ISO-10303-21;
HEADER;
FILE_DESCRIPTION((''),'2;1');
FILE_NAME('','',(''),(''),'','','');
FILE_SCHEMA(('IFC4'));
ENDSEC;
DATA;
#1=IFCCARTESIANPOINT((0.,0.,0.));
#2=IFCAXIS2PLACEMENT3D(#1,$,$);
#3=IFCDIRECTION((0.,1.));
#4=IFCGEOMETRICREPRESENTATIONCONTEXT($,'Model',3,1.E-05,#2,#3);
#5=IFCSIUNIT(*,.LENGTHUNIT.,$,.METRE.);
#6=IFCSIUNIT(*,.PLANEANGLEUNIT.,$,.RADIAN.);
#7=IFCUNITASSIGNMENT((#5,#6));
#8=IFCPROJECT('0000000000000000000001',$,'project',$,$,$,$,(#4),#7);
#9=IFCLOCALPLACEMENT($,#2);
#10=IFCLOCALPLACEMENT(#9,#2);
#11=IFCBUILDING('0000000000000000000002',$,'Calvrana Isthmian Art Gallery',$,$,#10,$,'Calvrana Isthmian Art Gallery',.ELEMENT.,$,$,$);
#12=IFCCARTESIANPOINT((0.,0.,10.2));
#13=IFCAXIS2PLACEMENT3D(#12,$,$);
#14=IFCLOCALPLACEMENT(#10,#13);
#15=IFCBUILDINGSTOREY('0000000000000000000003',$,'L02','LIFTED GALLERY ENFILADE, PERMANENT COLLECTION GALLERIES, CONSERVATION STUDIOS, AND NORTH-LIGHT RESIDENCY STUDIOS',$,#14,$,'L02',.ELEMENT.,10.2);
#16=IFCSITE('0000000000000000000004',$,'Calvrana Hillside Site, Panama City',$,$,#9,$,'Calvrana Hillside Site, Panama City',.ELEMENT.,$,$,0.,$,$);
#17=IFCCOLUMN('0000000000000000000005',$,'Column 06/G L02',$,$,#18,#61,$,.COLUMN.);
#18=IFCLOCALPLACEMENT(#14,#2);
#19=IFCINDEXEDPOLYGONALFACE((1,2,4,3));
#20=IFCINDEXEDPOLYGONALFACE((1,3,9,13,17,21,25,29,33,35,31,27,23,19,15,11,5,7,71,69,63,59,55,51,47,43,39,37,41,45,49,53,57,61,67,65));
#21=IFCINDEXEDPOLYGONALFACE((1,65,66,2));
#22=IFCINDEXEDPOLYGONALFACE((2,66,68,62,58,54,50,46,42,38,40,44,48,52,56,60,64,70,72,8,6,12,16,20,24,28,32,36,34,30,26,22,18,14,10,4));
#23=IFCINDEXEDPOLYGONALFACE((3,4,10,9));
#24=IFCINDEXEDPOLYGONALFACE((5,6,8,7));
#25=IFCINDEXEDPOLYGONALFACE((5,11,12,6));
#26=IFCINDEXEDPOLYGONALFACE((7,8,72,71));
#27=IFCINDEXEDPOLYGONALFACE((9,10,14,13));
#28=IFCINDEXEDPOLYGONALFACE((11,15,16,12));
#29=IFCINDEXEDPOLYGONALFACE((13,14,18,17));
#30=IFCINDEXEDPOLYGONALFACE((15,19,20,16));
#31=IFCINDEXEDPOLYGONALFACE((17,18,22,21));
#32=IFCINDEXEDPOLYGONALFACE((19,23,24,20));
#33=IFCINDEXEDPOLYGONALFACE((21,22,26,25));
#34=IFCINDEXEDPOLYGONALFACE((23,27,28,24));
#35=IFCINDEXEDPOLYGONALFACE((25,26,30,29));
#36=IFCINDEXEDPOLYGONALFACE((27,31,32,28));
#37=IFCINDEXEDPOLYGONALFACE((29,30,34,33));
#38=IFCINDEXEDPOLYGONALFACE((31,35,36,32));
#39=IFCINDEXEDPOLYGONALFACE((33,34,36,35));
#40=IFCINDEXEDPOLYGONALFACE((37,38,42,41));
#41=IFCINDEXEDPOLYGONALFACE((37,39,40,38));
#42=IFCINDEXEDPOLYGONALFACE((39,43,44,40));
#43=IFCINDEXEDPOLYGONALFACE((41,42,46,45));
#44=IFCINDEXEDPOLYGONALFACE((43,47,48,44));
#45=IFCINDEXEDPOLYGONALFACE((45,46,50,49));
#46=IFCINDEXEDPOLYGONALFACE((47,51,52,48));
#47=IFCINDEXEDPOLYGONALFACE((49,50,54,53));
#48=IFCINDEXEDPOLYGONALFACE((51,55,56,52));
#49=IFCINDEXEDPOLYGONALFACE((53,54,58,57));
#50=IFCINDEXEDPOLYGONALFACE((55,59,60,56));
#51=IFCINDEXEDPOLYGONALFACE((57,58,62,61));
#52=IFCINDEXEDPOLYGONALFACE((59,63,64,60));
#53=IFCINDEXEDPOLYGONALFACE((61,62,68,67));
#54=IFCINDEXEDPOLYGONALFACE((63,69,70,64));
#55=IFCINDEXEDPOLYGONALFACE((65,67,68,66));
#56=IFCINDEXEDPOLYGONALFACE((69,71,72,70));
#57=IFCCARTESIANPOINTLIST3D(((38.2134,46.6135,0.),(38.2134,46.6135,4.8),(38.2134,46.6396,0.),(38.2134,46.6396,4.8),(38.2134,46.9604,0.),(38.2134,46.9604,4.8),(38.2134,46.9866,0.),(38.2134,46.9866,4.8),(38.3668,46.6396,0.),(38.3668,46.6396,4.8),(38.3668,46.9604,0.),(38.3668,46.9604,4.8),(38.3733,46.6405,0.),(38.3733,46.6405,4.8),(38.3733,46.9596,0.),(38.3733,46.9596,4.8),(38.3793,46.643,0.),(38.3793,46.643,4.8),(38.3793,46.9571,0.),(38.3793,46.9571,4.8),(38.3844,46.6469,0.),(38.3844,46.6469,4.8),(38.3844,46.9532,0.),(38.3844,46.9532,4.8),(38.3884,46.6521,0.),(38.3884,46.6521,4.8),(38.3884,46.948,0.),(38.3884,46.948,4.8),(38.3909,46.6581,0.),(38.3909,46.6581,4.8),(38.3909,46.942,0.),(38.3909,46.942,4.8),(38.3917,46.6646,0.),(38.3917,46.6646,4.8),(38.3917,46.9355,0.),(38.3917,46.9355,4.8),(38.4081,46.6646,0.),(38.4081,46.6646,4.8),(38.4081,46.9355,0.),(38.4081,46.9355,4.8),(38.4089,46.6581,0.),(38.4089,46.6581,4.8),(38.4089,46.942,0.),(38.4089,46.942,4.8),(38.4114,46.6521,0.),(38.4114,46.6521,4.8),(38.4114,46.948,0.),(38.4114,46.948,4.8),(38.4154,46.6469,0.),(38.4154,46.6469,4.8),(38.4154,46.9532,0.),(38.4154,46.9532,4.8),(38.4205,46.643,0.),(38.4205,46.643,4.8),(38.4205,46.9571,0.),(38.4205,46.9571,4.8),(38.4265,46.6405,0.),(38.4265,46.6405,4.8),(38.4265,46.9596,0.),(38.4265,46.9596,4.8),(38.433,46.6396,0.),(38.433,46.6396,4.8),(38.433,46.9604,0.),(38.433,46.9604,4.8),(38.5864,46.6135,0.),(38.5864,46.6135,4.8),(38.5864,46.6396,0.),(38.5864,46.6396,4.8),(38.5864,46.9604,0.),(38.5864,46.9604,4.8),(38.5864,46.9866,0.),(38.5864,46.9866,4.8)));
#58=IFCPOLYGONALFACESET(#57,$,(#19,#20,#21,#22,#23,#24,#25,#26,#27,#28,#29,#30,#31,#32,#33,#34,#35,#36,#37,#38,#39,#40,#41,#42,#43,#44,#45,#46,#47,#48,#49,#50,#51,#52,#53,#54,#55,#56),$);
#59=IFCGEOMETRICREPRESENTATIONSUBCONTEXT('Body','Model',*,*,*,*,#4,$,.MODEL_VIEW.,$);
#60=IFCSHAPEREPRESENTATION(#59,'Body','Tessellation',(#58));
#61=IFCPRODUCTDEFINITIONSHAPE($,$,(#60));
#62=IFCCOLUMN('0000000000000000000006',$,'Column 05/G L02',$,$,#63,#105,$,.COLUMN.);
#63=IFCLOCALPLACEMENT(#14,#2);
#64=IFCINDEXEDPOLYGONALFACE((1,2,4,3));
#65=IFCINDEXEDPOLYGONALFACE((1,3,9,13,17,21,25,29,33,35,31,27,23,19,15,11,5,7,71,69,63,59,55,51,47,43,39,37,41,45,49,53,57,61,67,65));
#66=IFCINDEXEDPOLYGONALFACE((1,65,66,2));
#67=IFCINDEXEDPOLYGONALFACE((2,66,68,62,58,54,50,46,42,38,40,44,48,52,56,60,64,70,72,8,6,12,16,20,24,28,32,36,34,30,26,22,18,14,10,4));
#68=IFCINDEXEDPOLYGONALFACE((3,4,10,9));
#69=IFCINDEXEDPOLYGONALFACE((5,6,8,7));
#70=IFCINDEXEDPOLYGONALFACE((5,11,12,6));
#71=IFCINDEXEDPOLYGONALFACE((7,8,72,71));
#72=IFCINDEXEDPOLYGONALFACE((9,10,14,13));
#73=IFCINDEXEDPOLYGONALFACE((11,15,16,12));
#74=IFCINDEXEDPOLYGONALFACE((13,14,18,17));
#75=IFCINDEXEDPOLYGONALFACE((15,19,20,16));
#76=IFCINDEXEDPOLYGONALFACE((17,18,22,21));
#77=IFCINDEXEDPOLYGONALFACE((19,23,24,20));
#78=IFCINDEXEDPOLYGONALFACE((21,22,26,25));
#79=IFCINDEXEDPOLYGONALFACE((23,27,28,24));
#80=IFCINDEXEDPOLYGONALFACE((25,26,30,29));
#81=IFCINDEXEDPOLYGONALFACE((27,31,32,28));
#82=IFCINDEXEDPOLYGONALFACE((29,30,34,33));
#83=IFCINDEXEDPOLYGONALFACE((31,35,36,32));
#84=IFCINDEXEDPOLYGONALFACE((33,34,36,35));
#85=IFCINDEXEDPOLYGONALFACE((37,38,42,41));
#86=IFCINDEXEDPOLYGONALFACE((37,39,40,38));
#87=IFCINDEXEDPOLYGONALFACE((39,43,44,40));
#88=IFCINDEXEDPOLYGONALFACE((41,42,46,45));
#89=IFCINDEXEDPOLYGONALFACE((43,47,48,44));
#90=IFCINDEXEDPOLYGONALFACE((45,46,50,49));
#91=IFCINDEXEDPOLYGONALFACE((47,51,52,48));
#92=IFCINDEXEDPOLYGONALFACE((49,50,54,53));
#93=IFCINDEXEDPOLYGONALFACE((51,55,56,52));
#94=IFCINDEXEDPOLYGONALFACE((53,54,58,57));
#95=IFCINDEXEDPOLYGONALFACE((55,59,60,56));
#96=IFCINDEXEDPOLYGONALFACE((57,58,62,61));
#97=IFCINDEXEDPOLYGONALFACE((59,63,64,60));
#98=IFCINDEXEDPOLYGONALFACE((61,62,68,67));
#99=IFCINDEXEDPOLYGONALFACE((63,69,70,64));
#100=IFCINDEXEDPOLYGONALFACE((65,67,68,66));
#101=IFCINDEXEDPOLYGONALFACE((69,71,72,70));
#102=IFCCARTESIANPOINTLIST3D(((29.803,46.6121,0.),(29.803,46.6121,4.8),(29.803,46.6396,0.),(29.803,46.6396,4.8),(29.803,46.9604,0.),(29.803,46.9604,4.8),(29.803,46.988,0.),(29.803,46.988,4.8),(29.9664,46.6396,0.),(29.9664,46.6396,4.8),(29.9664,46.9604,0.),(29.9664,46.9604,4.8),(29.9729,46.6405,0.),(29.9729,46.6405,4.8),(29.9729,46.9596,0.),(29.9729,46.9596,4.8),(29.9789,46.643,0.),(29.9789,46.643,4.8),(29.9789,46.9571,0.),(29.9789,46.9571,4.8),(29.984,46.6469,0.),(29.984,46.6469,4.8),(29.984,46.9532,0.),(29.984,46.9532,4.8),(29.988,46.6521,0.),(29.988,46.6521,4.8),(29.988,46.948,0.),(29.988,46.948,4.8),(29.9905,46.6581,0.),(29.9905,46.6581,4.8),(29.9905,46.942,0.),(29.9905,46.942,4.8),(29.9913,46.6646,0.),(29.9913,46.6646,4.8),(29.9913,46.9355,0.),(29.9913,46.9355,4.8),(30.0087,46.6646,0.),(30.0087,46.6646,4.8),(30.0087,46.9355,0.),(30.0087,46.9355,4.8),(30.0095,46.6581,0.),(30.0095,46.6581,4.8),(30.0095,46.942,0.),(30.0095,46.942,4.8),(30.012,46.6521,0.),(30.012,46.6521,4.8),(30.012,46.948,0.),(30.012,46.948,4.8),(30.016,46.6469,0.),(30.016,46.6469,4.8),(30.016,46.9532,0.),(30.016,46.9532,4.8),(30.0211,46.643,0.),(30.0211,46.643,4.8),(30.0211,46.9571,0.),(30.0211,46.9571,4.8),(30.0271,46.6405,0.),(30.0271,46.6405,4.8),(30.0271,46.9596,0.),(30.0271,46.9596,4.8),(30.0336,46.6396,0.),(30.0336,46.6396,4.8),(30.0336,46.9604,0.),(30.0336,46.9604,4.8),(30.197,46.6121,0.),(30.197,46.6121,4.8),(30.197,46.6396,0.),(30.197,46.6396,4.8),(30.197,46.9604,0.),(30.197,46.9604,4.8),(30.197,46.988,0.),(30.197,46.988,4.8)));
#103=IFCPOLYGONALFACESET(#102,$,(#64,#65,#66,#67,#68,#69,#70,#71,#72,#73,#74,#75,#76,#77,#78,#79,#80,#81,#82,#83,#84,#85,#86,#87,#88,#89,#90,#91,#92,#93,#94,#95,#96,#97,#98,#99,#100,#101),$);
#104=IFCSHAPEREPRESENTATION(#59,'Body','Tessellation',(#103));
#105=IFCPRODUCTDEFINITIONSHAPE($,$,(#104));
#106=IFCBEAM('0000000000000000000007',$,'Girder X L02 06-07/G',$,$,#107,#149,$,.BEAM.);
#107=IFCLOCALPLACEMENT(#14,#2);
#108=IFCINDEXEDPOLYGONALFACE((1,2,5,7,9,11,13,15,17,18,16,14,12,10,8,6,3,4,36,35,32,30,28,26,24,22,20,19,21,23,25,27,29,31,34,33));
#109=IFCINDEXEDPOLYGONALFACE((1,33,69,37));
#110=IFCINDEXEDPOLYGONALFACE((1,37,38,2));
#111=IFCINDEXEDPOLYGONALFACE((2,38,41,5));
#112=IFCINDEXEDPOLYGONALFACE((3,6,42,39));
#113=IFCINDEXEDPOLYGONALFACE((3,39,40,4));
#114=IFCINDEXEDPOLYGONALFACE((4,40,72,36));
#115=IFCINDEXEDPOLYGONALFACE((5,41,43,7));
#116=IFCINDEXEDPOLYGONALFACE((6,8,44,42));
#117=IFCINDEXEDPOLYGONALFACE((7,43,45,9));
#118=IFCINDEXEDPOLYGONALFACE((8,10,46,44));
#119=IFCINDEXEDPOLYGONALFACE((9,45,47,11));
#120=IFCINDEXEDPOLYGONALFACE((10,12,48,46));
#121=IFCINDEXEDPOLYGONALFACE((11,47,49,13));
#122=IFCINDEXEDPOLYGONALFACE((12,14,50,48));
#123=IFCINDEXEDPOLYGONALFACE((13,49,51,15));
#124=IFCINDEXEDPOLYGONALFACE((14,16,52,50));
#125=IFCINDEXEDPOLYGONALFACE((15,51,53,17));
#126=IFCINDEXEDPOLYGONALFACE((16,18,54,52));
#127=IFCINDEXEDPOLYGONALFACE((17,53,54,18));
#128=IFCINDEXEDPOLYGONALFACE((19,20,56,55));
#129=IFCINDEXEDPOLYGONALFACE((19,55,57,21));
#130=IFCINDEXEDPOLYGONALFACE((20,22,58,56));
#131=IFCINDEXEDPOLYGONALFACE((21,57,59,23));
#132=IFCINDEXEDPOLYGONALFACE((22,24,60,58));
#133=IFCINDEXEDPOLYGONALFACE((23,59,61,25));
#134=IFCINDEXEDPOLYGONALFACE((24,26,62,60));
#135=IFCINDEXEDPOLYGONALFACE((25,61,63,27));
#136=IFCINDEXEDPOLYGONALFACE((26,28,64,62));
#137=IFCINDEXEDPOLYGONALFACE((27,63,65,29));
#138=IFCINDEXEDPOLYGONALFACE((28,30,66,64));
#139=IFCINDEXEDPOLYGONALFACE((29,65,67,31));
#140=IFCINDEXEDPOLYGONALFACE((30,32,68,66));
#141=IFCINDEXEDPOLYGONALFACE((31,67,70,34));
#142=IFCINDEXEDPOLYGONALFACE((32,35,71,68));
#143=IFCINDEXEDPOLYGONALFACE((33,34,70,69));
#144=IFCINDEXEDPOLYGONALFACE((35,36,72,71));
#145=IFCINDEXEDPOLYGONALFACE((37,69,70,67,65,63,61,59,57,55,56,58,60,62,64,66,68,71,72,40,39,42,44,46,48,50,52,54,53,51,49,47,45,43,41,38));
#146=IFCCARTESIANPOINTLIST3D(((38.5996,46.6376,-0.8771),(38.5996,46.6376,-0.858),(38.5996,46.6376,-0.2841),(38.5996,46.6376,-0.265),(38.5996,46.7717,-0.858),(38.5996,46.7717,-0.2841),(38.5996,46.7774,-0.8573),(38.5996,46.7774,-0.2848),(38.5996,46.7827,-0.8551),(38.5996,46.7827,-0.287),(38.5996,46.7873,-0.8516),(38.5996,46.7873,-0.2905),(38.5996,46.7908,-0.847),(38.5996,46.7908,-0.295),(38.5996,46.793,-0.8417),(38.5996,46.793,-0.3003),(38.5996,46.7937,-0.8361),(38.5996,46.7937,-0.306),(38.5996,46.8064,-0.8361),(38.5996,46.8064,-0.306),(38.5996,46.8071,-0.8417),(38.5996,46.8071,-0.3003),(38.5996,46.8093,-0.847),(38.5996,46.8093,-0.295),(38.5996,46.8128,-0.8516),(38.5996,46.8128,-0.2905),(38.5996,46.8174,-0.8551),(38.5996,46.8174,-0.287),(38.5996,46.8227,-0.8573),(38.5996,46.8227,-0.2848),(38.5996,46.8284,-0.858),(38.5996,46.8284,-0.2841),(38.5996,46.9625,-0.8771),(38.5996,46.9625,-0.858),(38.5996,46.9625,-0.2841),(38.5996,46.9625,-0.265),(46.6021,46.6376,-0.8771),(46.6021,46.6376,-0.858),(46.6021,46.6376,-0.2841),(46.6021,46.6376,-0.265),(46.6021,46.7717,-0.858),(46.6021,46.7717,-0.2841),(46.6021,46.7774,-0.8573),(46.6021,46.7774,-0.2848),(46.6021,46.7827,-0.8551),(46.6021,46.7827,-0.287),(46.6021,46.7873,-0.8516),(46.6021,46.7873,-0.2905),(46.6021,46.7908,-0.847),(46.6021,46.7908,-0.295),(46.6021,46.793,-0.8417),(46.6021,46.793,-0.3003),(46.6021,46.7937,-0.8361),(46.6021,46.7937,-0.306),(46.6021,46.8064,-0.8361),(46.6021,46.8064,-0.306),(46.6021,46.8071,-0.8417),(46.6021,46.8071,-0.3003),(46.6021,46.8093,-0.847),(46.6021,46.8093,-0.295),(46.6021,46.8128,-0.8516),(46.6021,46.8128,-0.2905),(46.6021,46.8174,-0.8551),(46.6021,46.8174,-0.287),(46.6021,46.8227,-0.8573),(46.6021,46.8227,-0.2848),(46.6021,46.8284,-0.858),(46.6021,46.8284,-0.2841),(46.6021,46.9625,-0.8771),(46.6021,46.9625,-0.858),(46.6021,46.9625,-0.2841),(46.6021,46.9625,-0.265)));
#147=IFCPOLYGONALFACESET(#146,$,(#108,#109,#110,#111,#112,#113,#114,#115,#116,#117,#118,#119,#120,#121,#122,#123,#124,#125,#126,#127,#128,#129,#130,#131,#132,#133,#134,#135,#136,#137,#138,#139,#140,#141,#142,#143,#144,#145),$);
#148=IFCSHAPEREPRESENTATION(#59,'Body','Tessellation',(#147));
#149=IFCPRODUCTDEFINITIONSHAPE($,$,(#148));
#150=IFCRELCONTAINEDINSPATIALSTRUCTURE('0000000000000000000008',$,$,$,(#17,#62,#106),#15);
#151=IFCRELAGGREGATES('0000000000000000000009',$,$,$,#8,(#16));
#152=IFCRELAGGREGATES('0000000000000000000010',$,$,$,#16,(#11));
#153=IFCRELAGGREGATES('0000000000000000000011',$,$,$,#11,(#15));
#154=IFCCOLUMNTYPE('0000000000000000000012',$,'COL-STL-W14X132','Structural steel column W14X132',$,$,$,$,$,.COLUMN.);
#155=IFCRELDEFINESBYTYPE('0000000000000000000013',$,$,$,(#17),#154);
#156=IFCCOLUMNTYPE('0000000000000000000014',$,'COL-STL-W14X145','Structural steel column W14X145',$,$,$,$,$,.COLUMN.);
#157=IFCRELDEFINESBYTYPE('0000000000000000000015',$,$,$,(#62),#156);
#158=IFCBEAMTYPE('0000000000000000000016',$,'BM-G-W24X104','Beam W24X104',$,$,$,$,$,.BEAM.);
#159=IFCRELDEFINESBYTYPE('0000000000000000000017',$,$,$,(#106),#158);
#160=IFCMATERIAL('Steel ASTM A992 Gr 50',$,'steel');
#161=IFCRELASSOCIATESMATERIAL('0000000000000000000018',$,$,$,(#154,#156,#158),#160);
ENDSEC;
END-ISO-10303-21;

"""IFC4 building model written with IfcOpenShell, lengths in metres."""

from ifc_helpers import new_model, si_unit, direction, frame, origin, origin_2d, place, context, subcontext, project, spatial, i_section, extrude, material, material_profile, profile_set, type_object, element, save


model = new_model("IFC4")

# Units and contexts
model_context = context("Model", 3, precision=1e-05, world=origin(), true_north=direction((0.0, 1.0)))
body_context = subcontext(model_context, "Body", "Model", "MODEL_VIEW")
ifc_project = project(units=[si_unit("LENGTHUNIT", "METRE"), si_unit("PLANEANGLEUNIT", "RADIAN")], contexts=[model_context])

# Site, building, storey
site_placement = place(None, origin())
site = spatial("IfcSite", under=ifc_project, at=site_placement, Name="Calvrana Hillside Site, Panama City", LongName="Calvrana Hillside Site, Panama City", CompositionType="ELEMENT", RefElevation=0.0)
building_placement = place(site_placement, origin())
building = spatial("IfcBuilding", under=site, at=building_placement, Name="Calvrana Isthmian Art Gallery", LongName="Calvrana Isthmian Art Gallery", CompositionType="ELEMENT")
storey_placement = place(building_placement, frame((0.0, 0.0, 10.2)))
storey = spatial("IfcBuildingStorey", under=building, at=storey_placement, Name="L02", Description="LIFTED GALLERY ENFILADE, PERMANENT COLLECTION GALLERIES, CONSERVATION STUDIOS, AND NORTH-LIGHT RESIDENCY STUDIOS", LongName="L02", CompositionType="ELEMENT", Elevation=10.2)

# Columns
ifc_material_1 = material(Name="Steel ASTM A992 Gr 50", Category="steel")
ifc_material_profile_1 = material_profile(ifc_material_1, i_section(OverallWidth=0.373, OverallDepth=0.373, WebThickness=0.0164, FlangeThickness=0.0261, FilletRadius=0.0249, at=origin_2d()), Name="W14X132")
ifc_profile_set_1 = profile_set([ifc_material_profile_1], Name="Steel ASTM A992 Gr 50")
column_type_1 = type_object("IfcColumnType", Name="COL-STL-W14X132", Description="Structural steel column W14X132", PredefinedType="COLUMN", material=ifc_profile_set_1)
column_1_placement = place(storey_placement, frame((38.3999, 46.8, 0.0), z_axis=(0.0, 0.0, 1.0), x_axis=(1.0, 0.0, 0.0)))
element("IfcColumn", 1, at=column_1_placement, inside=storey, type_object=column_type_1, Name="Column 06/G L02", PredefinedType="COLUMN", context=body_context, shape_type="SweptSolid", body=[
    extrude(i_section(OverallWidth=0.373, OverallDepth=0.373, WebThickness=0.0164, FlangeThickness=0.0261, FilletRadius=0.0249, at=origin_2d()), origin(), (0.0, 0.0, 1.0), 4.8),
])
ifc_material_profile_2 = material_profile(ifc_material_1, i_section(OverallWidth=0.394, OverallDepth=0.376, WebThickness=0.0173, FlangeThickness=0.0276, FilletRadius=0.0249, at=origin_2d()), Name="W14X145")
ifc_profile_set_2 = profile_set([ifc_material_profile_2], Name="Steel ASTM A992 Gr 50")
column_type_2 = type_object("IfcColumnType", Name="COL-STL-W14X145", Description="Structural steel column W14X145", PredefinedType="COLUMN", material=ifc_profile_set_2)
column_2_placement = place(storey_placement, frame((30.0, 46.8, 0.0), z_axis=(0.0, 0.0, 1.0), x_axis=(1.0, 0.0, 0.0)))
element("IfcColumn", 2, at=column_2_placement, inside=storey, type_object=column_type_2, Name="Column 05/G L02", PredefinedType="COLUMN", context=body_context, shape_type="SweptSolid", body=[
    extrude(i_section(OverallWidth=0.394, OverallDepth=0.376, WebThickness=0.0173, FlangeThickness=0.0276, FilletRadius=0.0249, at=origin_2d()), origin(), (0.0, 0.0, 1.0), 4.8),
])

# Beam
ifc_material_profile_3 = material_profile(ifc_material_1, i_section(OverallWidth=0.325, OverallDepth=0.6121, WebThickness=0.0127, FlangeThickness=0.019, FilletRadius=0.022, at=origin_2d()), Name="W24X104")
ifc_profile_set_3 = profile_set([ifc_material_profile_3], Name="Steel ASTM A992 Gr 50")
beam_type_1 = type_object("IfcBeamType", Name="BM-G-W24X104", Description="Beam W24X104", PredefinedType="BEAM", material=ifc_profile_set_3)
beam_1_placement = place(storey_placement, frame((38.5996, 46.8, -0.571), z_axis=(1.0, 0.0, 0.0), x_axis=(0.0, 1.0, 0.0)))
element("IfcBeam", 3, at=beam_1_placement, inside=storey, type_object=beam_type_1, Name="Girder X L02 06-07/G", PredefinedType="BEAM", context=body_context, shape_type="SweptSolid", body=[
    extrude(i_section(OverallWidth=0.325, OverallDepth=0.6121, WebThickness=0.0127, FlangeThickness=0.019, FilletRadius=0.022, at=origin_2d()), origin(), (0.0, 0.0, 1.0), 8.0024),
])

save(model, "model.ifc")
